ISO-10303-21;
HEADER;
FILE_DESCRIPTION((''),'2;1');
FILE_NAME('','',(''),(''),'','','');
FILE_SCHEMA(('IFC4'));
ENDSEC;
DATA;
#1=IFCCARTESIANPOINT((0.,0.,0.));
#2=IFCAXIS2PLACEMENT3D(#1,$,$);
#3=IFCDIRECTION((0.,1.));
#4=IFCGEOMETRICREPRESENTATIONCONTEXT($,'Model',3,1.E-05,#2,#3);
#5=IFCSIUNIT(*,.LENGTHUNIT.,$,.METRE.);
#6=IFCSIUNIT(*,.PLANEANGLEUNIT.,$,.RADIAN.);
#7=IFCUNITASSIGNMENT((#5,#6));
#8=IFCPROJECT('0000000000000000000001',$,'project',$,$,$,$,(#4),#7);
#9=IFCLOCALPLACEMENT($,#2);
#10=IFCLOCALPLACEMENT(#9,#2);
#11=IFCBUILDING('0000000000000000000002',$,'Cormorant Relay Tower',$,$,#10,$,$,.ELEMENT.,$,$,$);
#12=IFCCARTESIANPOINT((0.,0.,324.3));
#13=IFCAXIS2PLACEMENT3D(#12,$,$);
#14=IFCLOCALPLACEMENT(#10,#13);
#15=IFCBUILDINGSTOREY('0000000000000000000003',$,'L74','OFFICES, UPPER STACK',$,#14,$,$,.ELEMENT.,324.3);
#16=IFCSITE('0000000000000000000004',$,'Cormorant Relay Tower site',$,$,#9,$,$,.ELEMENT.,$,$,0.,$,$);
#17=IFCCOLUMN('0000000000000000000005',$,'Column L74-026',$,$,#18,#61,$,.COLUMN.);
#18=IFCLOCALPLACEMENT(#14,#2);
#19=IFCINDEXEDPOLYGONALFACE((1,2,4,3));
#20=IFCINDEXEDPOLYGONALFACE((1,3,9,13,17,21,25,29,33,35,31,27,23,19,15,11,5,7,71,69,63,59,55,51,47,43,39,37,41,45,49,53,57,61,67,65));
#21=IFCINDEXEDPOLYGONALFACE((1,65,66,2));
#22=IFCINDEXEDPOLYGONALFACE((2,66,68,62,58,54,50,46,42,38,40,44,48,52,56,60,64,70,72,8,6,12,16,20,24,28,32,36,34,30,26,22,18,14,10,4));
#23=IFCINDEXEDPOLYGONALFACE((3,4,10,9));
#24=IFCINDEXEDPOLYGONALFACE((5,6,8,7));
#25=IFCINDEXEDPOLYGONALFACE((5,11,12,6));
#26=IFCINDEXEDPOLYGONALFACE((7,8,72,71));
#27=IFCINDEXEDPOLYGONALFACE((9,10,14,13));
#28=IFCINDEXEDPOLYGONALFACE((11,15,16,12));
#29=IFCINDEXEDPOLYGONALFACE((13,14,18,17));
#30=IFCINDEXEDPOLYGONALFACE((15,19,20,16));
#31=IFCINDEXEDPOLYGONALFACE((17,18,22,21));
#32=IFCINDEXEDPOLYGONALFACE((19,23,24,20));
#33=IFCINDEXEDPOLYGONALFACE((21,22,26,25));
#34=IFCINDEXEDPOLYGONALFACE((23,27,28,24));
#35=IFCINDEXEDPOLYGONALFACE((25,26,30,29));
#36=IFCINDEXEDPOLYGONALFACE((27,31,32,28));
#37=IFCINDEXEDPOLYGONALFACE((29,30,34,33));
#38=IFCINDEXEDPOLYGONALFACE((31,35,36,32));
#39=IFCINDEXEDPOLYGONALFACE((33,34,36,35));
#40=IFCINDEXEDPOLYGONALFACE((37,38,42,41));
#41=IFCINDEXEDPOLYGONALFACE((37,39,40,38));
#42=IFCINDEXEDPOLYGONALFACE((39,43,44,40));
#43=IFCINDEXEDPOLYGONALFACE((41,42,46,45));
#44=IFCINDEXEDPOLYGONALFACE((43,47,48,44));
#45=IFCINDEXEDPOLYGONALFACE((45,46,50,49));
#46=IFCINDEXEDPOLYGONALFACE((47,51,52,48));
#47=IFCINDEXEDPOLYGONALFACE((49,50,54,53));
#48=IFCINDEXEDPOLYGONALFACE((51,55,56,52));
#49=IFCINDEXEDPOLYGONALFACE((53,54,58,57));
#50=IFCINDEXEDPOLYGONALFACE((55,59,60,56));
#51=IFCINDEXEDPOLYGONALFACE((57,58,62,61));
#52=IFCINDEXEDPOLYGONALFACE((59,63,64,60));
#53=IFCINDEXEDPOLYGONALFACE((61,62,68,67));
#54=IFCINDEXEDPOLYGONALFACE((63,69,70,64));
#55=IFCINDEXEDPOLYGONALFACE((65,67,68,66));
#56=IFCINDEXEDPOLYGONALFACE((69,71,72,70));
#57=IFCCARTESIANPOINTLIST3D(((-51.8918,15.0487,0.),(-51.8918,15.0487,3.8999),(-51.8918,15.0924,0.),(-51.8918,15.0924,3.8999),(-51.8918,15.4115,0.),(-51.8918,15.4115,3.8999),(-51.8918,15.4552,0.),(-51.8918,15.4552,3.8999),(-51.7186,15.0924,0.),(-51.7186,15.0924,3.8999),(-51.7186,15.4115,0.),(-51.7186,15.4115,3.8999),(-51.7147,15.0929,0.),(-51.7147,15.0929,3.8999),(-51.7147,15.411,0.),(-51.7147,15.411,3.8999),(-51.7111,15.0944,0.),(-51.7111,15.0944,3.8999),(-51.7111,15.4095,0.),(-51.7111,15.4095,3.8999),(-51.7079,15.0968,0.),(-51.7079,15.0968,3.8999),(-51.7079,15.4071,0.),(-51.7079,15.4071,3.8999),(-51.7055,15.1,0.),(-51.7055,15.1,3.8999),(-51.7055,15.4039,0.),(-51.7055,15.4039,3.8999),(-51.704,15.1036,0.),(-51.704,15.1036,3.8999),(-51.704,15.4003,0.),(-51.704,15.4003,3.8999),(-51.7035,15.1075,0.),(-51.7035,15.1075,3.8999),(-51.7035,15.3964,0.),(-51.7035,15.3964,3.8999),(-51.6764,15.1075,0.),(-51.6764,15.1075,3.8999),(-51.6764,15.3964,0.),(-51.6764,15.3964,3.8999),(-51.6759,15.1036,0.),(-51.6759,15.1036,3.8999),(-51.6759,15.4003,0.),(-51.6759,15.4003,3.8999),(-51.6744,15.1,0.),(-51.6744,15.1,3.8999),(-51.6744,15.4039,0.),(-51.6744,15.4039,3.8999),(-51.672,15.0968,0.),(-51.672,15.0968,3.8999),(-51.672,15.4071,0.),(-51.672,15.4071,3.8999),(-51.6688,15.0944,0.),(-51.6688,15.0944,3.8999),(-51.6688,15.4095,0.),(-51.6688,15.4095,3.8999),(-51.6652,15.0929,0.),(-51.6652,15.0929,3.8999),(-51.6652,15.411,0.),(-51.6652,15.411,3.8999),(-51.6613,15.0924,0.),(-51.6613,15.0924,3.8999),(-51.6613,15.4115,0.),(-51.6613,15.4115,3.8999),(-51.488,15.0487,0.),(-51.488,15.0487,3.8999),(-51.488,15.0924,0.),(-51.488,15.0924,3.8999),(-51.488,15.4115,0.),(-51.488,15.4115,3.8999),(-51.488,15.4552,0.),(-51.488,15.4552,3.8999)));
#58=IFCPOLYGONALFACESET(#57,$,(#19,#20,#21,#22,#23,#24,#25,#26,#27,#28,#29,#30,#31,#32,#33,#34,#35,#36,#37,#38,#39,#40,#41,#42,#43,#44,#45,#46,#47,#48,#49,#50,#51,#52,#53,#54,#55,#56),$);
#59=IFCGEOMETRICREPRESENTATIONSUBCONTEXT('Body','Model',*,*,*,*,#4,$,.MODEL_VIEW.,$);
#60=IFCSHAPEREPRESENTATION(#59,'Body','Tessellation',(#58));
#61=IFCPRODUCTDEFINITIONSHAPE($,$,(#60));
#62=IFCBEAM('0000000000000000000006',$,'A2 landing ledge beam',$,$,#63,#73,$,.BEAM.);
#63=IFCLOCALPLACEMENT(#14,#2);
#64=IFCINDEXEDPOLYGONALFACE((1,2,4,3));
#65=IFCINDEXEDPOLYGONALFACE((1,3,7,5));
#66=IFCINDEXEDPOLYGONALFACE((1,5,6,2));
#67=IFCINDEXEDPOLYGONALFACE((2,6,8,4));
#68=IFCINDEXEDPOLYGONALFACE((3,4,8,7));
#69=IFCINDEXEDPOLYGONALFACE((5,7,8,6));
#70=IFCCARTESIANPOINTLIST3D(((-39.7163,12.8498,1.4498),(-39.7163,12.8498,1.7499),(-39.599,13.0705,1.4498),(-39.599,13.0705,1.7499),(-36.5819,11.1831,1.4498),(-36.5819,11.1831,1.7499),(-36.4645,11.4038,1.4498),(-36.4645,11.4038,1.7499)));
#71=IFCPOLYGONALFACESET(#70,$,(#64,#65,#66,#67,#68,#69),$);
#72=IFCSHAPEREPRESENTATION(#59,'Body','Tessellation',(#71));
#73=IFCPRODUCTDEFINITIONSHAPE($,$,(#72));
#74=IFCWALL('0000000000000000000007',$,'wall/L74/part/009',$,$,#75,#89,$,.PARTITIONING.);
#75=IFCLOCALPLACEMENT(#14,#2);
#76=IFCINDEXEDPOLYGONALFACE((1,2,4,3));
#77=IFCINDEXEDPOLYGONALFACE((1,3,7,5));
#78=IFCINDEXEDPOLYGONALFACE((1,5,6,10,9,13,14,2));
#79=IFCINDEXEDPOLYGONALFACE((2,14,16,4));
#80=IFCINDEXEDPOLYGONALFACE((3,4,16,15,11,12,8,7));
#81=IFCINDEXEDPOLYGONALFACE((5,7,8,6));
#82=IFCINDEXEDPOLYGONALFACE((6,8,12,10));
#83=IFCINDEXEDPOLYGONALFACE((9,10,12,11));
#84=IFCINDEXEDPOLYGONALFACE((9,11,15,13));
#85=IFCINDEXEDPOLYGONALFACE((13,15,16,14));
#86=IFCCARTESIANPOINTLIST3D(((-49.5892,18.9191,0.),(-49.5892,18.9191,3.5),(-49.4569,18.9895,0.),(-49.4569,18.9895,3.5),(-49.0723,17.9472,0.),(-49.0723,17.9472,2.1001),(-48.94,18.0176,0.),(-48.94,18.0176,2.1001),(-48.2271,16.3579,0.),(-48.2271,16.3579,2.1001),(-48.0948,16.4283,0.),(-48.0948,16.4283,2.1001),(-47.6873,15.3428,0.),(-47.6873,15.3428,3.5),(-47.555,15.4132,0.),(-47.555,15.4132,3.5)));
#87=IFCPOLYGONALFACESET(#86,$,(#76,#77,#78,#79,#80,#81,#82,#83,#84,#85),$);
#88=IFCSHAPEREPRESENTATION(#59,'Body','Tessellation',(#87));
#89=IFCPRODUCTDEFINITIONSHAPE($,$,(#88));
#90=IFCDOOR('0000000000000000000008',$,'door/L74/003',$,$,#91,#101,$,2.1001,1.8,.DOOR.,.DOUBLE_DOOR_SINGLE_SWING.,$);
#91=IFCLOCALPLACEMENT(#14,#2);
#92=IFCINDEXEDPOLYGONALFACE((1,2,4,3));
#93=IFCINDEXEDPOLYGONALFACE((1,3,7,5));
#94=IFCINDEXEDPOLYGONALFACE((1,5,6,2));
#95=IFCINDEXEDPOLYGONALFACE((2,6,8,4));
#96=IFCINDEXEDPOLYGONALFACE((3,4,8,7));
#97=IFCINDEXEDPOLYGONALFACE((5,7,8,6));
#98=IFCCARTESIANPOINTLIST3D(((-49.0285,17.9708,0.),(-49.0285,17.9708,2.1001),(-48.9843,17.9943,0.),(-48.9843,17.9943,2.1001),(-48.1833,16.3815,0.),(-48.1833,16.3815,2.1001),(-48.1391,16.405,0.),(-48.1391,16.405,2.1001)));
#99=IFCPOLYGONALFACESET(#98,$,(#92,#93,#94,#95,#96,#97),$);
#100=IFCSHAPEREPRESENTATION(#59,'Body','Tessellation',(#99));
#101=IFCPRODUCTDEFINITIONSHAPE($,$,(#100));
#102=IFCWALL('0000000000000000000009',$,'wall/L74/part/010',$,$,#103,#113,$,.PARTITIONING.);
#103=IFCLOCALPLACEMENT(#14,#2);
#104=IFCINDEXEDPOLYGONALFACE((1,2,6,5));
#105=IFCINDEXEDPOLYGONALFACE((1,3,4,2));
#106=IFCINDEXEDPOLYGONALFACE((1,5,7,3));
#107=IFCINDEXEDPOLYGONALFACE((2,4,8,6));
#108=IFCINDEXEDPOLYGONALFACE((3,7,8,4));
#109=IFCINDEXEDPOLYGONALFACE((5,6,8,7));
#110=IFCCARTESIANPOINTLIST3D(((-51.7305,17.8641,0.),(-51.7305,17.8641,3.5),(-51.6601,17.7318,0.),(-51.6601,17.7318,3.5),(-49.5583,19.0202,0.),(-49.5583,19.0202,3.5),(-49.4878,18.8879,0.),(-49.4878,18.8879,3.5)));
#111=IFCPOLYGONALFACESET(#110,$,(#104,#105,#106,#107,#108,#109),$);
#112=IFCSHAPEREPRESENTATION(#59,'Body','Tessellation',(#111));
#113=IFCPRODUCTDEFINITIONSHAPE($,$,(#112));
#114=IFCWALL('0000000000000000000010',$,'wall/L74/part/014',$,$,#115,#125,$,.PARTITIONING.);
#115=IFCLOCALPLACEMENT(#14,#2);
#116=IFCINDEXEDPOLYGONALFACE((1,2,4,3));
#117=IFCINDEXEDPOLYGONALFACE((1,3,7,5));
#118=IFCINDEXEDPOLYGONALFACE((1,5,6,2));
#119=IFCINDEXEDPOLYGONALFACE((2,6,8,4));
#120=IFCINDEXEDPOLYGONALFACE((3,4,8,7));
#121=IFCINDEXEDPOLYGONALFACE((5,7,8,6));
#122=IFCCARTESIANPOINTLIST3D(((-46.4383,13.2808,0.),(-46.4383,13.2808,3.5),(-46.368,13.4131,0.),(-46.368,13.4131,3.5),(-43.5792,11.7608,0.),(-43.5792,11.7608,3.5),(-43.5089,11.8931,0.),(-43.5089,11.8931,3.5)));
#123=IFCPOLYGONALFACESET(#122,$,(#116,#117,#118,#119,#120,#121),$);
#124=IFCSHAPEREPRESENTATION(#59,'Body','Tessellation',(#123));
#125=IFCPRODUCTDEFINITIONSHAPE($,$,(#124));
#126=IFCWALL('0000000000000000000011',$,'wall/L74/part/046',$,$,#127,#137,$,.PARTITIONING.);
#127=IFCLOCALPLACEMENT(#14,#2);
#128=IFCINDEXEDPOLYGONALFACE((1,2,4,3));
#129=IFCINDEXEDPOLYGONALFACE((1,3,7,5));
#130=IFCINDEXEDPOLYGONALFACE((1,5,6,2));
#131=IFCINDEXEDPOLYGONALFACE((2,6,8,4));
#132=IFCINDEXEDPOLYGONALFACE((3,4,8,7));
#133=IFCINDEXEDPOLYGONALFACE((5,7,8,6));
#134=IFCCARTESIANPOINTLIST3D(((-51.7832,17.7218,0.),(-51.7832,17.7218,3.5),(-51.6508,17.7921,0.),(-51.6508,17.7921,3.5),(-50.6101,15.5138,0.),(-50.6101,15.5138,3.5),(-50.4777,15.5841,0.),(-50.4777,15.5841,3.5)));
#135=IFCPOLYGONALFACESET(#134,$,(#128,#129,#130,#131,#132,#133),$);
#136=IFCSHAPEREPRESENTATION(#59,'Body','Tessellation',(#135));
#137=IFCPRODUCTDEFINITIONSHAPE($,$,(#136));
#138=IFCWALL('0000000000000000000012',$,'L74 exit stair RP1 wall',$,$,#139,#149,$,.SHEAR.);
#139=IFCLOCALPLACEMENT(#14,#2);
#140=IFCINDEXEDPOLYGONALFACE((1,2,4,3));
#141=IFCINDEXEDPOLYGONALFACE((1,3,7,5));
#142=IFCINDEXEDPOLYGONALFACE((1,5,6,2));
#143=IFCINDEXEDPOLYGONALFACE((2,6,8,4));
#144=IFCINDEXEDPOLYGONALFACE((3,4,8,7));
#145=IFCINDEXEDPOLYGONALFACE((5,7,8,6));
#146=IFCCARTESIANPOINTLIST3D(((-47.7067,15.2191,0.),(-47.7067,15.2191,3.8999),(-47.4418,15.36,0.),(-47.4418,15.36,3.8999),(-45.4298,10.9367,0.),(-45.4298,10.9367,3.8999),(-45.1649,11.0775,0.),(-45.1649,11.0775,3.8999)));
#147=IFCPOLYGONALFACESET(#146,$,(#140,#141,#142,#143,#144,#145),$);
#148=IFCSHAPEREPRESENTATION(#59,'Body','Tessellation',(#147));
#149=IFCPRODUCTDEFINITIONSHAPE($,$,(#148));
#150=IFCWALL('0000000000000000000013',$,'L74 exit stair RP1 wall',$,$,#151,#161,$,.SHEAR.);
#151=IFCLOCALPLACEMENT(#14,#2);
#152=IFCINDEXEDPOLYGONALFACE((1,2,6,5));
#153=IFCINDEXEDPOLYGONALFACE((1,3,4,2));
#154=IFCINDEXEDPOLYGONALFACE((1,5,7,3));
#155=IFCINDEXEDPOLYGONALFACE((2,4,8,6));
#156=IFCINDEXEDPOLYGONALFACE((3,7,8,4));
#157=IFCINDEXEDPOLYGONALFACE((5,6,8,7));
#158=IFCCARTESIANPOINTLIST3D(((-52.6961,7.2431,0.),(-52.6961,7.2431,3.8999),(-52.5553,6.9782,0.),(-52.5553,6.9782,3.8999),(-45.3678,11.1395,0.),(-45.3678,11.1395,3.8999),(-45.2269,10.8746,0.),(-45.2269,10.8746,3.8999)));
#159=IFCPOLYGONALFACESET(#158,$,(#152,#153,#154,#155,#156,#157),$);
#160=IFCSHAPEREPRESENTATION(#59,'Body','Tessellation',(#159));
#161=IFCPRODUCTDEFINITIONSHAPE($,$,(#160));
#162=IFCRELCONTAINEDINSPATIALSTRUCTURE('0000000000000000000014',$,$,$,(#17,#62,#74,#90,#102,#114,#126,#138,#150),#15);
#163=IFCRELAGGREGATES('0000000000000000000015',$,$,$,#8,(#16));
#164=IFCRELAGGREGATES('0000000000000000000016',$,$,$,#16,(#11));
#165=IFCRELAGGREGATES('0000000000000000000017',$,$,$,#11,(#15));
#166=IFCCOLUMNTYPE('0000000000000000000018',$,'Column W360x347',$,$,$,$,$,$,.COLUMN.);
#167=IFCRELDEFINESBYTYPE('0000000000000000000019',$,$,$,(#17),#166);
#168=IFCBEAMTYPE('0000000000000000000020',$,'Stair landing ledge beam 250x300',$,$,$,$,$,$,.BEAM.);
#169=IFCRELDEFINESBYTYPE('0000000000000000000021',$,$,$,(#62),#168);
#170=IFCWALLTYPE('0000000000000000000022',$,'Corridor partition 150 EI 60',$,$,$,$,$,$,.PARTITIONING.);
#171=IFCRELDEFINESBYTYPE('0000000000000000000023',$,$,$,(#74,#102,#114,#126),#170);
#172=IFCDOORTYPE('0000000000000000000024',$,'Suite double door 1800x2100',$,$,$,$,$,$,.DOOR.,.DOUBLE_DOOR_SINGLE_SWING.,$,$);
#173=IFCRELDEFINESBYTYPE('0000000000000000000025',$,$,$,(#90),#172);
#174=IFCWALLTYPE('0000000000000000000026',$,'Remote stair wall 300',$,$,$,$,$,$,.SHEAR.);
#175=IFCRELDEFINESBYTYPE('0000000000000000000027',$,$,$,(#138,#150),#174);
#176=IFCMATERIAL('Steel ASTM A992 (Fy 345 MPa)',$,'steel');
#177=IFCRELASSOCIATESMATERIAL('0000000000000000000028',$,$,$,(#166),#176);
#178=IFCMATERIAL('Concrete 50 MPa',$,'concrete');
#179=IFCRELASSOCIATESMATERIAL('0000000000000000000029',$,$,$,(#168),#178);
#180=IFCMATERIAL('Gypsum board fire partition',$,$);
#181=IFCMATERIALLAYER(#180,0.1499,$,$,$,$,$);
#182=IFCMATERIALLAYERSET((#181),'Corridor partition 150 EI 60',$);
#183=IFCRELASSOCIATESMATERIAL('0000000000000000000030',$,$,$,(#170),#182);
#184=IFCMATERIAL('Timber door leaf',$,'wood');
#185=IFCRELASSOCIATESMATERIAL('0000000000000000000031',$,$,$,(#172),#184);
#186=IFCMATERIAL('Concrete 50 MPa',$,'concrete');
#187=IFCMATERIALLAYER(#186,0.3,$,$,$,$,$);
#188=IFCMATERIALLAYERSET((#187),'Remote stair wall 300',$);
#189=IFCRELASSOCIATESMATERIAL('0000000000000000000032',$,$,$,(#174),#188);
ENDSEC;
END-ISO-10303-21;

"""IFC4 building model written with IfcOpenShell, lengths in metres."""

from ifc_helpers import new_model, si_unit, direction, frame, frame_2d, origin, origin_2d, place, context, subcontext, project, spatial, rectangle, i_section, extrude, material, layer, layer_set, material_profile, profile_set, type_object, element, fill, save


model = new_model("IFC4")

# Units and contexts
model_context = context("Model", 3, precision=1e-05, world=origin(), true_north=direction((0.0, 1.0)))
body_context = subcontext(model_context, "Body", "Model", "MODEL_VIEW")
ifc_project = project(units=[si_unit("LENGTHUNIT", "METRE"), si_unit("PLANEANGLEUNIT", "RADIAN")], contexts=[model_context])

# Site, building, storey
site_placement = place(None, origin())
site = spatial("IfcSite", under=ifc_project, at=site_placement, Name="Cormorant Relay Tower site", CompositionType="ELEMENT", RefElevation=0.0)
building_placement = place(site_placement, origin())
building = spatial("IfcBuilding", under=site, at=building_placement, Name="Cormorant Relay Tower", CompositionType="ELEMENT")
storey_placement = place(building_placement, frame((0.0, 0.0, 324.3)))
storey = spatial("IfcBuildingStorey", under=building, at=storey_placement, Name="L74", Description="OFFICES, UPPER STACK", CompositionType="ELEMENT", Elevation=324.3)

# Column
ifc_material_1 = material(Name="Steel ASTM A992 (Fy 345 MPa)", Category="steel")
ifc_material_profile_1 = material_profile(ifc_material_1, i_section(OverallWidth=0.4038, OverallDepth=0.4065, WebThickness=0.0271, FlangeThickness=0.0437, FilletRadius=0.0151, at=origin_2d()), Name="W360x347")
ifc_profile_set_1 = profile_set([ifc_material_profile_1], Name="Steel ASTM A992 (Fy 345 MPa)")
column_type = type_object("IfcColumnType", Name="Column W360x347", PredefinedType="COLUMN", material=ifc_profile_set_1)
column_placement = place(storey_placement, frame((-51.6899, 15.252, 0.0), z_axis=(0.0, 0.0, 1.0), x_axis=(1.0, 0.0, 0.0)))
element("IfcColumn", 1, at=column_placement, inside=storey, type_object=column_type, Name="Column L74-026", PredefinedType="COLUMN", context=body_context, shape_type="SweptSolid", body=[
    extrude(i_section(OverallWidth=0.4038, OverallDepth=0.4065, WebThickness=0.0271, FlangeThickness=0.0437, FilletRadius=0.0151, at=origin_2d()), origin(), (0.0, 0.0, 1.0), 3.8999),
])

# Beam
ifc_material_2 = material(Name="Concrete 50 MPa", Category="concrete")
ifc_material_profile_2 = material_profile(ifc_material_2, rectangle(XDim=0.25, YDim=0.3, at=origin_2d()), Name="RC 250x300")
ifc_profile_set_2 = profile_set([ifc_material_profile_2], Name="Concrete 50 MPa")
beam_type = type_object("IfcBeamType", Name="Stair landing ledge beam 250x300", PredefinedType="BEAM", material=ifc_profile_set_2)
beam_placement = place(storey_placement, frame((-36.5232, 11.2935, 1.5999), z_axis=(-0.882937, 0.469492, 0.0), x_axis=(-0.469492, -0.882937, 0.0)))
element("IfcBeam", 2, at=beam_placement, inside=storey, type_object=beam_type, Name="A2 landing ledge beam", PredefinedType="BEAM", context=body_context, shape_type="SweptSolid", body=[
    extrude(rectangle(XDim=0.25, YDim=0.3, at=origin_2d()), origin(), (0.0, 0.0, 1.0), 3.55),
])

# Wall, opening, door
ifc_material_3 = material(Name="Gypsum board fire partition")
ifc_layer_1 = layer(ifc_material_3, 0.1499)
ifc_layer_set_1 = layer_set([ifc_layer_1], Name="Corridor partition 150 EI 60")
wall_type_1 = type_object("IfcWallType", Name="Corridor partition 150 EI 60", PredefinedType="PARTITIONING", material=ifc_layer_set_1)
wall_1_placement = place(storey_placement, frame((-47.6211, 15.3779, 0.0), z_axis=(0.0, 0.0, 1.0), x_axis=(-0.469543, 0.88291, 0.0)))
wall_1 = element("IfcWall", 3, at=wall_1_placement, inside=storey, type_object=wall_type_1, Name="wall/L74/part/009", PredefinedType="PARTITIONING", context=body_context, shape_type="SweptSolid", body=[
    extrude(rectangle(XDim=4.0505, YDim=0.1499, at=frame_2d((2.0254, 0.0))), origin(), (0.0, 0.0, 1.0), 3.5),
])
opening_placement = place(wall_1_placement, frame((1.1499, 0.0, 0.0)))
opening = element("IfcOpeningElement", 4, at=opening_placement, cuts=wall_1, PredefinedType="OPENING", context=body_context, shape_type="SweptSolid", body=[
    extrude(rectangle(XDim=1.8, YDim=2.1001, at=frame_2d((0.8999, 1.05))), frame((0.0, 0.085, 0.0), z_axis=(0.0, -1.0, 0.0), x_axis=(1.0, 0.0, 0.0)), (0.0, 0.0, 1.0), 0.1699),
])
ifc_material_4 = material(Name="Timber door leaf", Category="wood")
door_type = type_object("IfcDoorType", Name="Suite double door 1800x2100", OperationType="DOUBLE_DOOR_SINGLE_SWING", PredefinedType="DOOR", material=ifc_material_4)
door_placement = place(opening_placement, frame((1.8, 0.0, 0.0), z_axis=(0.0, 0.0, 1.0), x_axis=(-1.0, 0.0, 0.0)))
door = element("IfcDoor", 5, at=door_placement, inside=storey, type_object=door_type, Name="door/L74/003", OperationType="DOUBLE_DOOR_SINGLE_SWING", OverallHeight=2.1001, OverallWidth=1.8, PredefinedType="DOOR", context=body_context, shape_type="SweptSolid", body=[
    extrude(rectangle(XDim=1.8, YDim=2.1001, at=frame_2d((0.8999, 1.05))), frame((0.0, 0.0249, 0.0), z_axis=(0.0, -1.0, 0.0), x_axis=(1.0, 0.0, 0.0)), (0.0, 0.0, 1.0), 0.05),
])
fill(opening, door)

# Walls
wall_2_placement = place(storey_placement, frame((-49.5229, 18.9541, 0.0), z_axis=(0.0, 0.0, 1.0), x_axis=(-0.882767, -0.46981, 0.0)))
element("IfcWall", 6, at=wall_2_placement, inside=storey, type_object=wall_type_1, Name="wall/L74/part/010", PredefinedType="PARTITIONING", context=body_context, shape_type="SweptSolid", body=[
    extrude(rectangle(XDim=2.4607, YDim=0.1499, at=frame_2d((1.2305, 0.0))), origin(), (0.0, 0.0, 1.0), 3.5),
])
wall_3_placement = place(storey_placement, frame((-43.5439, 11.8269, 0.0), z_axis=(0.0, 0.0, 1.0), x_axis=(-0.882974, 0.469422, 0.0)))
element("IfcWall", 7, at=wall_3_placement, inside=storey, type_object=wall_type_1, Name="wall/L74/part/014", PredefinedType="PARTITIONING", context=body_context, shape_type="SweptSolid", body=[
    extrude(rectangle(XDim=3.238, YDim=0.1499, at=frame_2d((1.6191, 0.0))), origin(), (0.0, 0.0, 1.0), 3.5),
])
wall_4_placement = place(storey_placement, frame((-50.5439, 15.5491, 0.0), z_axis=(0.0, 0.0, 1.0), x_axis=(-0.469184, 0.883101, 0.0)))
element("IfcWall", 8, at=wall_4_placement, inside=storey, type_object=wall_type_1, Name="wall/L74/part/046", PredefinedType="PARTITIONING", context=body_context, shape_type="SweptSolid", body=[
    extrude(rectangle(XDim=2.5002, YDim=0.1499, at=frame_2d((1.25, 0.0))), origin(), (0.0, 0.0, 1.0), 3.5),
])
ifc_material_5 = material(Name="Concrete 50 MPa", Category="concrete")
ifc_layer_2 = layer(ifc_material_5, 0.3)
ifc_layer_set_2 = layer_set([ifc_layer_2], Name="Remote stair wall 300")
wall_type_2 = type_object("IfcWallType", Name="Remote stair wall 300", PredefinedType="SHEAR", material=ifc_layer_set_2)
wall_5_placement = place(storey_placement, frame((-47.5742, 15.2896, 0.0), z_axis=(0.0, 0.0, 1.0), x_axis=(0.469443, -0.882963, 0.0)))
element("IfcWall", 9, at=wall_5_placement, inside=storey, type_object=wall_type_2, Name="L74 exit stair RP1 wall", PredefinedType="SHEAR", context=body_context, shape_type="SweptSolid", body=[
    extrude(rectangle(XDim=4.8501, YDim=0.3, at=frame_2d((2.425, 0.0))), origin(), (0.0, 0.0, 1.0), 3.8999),
])
wall_6_placement = place(storey_placement, frame((-45.2974, 11.0071, 0.0), z_axis=(0.0, 0.0, 1.0), x_axis=(-0.882952, -0.469464, 0.0)))
element("IfcWall", 10, at=wall_6_placement, inside=storey, type_object=wall_type_2, Name="L74 exit stair RP1 wall", PredefinedType="SHEAR", context=body_context, shape_type="SweptSolid", body=[
    extrude(rectangle(XDim=8.2998, YDim=0.3, at=frame_2d((4.1499, 0.0))), origin(), (0.0, 0.0, 1.0), 3.8999),
])

save(model, "model.ifc")
